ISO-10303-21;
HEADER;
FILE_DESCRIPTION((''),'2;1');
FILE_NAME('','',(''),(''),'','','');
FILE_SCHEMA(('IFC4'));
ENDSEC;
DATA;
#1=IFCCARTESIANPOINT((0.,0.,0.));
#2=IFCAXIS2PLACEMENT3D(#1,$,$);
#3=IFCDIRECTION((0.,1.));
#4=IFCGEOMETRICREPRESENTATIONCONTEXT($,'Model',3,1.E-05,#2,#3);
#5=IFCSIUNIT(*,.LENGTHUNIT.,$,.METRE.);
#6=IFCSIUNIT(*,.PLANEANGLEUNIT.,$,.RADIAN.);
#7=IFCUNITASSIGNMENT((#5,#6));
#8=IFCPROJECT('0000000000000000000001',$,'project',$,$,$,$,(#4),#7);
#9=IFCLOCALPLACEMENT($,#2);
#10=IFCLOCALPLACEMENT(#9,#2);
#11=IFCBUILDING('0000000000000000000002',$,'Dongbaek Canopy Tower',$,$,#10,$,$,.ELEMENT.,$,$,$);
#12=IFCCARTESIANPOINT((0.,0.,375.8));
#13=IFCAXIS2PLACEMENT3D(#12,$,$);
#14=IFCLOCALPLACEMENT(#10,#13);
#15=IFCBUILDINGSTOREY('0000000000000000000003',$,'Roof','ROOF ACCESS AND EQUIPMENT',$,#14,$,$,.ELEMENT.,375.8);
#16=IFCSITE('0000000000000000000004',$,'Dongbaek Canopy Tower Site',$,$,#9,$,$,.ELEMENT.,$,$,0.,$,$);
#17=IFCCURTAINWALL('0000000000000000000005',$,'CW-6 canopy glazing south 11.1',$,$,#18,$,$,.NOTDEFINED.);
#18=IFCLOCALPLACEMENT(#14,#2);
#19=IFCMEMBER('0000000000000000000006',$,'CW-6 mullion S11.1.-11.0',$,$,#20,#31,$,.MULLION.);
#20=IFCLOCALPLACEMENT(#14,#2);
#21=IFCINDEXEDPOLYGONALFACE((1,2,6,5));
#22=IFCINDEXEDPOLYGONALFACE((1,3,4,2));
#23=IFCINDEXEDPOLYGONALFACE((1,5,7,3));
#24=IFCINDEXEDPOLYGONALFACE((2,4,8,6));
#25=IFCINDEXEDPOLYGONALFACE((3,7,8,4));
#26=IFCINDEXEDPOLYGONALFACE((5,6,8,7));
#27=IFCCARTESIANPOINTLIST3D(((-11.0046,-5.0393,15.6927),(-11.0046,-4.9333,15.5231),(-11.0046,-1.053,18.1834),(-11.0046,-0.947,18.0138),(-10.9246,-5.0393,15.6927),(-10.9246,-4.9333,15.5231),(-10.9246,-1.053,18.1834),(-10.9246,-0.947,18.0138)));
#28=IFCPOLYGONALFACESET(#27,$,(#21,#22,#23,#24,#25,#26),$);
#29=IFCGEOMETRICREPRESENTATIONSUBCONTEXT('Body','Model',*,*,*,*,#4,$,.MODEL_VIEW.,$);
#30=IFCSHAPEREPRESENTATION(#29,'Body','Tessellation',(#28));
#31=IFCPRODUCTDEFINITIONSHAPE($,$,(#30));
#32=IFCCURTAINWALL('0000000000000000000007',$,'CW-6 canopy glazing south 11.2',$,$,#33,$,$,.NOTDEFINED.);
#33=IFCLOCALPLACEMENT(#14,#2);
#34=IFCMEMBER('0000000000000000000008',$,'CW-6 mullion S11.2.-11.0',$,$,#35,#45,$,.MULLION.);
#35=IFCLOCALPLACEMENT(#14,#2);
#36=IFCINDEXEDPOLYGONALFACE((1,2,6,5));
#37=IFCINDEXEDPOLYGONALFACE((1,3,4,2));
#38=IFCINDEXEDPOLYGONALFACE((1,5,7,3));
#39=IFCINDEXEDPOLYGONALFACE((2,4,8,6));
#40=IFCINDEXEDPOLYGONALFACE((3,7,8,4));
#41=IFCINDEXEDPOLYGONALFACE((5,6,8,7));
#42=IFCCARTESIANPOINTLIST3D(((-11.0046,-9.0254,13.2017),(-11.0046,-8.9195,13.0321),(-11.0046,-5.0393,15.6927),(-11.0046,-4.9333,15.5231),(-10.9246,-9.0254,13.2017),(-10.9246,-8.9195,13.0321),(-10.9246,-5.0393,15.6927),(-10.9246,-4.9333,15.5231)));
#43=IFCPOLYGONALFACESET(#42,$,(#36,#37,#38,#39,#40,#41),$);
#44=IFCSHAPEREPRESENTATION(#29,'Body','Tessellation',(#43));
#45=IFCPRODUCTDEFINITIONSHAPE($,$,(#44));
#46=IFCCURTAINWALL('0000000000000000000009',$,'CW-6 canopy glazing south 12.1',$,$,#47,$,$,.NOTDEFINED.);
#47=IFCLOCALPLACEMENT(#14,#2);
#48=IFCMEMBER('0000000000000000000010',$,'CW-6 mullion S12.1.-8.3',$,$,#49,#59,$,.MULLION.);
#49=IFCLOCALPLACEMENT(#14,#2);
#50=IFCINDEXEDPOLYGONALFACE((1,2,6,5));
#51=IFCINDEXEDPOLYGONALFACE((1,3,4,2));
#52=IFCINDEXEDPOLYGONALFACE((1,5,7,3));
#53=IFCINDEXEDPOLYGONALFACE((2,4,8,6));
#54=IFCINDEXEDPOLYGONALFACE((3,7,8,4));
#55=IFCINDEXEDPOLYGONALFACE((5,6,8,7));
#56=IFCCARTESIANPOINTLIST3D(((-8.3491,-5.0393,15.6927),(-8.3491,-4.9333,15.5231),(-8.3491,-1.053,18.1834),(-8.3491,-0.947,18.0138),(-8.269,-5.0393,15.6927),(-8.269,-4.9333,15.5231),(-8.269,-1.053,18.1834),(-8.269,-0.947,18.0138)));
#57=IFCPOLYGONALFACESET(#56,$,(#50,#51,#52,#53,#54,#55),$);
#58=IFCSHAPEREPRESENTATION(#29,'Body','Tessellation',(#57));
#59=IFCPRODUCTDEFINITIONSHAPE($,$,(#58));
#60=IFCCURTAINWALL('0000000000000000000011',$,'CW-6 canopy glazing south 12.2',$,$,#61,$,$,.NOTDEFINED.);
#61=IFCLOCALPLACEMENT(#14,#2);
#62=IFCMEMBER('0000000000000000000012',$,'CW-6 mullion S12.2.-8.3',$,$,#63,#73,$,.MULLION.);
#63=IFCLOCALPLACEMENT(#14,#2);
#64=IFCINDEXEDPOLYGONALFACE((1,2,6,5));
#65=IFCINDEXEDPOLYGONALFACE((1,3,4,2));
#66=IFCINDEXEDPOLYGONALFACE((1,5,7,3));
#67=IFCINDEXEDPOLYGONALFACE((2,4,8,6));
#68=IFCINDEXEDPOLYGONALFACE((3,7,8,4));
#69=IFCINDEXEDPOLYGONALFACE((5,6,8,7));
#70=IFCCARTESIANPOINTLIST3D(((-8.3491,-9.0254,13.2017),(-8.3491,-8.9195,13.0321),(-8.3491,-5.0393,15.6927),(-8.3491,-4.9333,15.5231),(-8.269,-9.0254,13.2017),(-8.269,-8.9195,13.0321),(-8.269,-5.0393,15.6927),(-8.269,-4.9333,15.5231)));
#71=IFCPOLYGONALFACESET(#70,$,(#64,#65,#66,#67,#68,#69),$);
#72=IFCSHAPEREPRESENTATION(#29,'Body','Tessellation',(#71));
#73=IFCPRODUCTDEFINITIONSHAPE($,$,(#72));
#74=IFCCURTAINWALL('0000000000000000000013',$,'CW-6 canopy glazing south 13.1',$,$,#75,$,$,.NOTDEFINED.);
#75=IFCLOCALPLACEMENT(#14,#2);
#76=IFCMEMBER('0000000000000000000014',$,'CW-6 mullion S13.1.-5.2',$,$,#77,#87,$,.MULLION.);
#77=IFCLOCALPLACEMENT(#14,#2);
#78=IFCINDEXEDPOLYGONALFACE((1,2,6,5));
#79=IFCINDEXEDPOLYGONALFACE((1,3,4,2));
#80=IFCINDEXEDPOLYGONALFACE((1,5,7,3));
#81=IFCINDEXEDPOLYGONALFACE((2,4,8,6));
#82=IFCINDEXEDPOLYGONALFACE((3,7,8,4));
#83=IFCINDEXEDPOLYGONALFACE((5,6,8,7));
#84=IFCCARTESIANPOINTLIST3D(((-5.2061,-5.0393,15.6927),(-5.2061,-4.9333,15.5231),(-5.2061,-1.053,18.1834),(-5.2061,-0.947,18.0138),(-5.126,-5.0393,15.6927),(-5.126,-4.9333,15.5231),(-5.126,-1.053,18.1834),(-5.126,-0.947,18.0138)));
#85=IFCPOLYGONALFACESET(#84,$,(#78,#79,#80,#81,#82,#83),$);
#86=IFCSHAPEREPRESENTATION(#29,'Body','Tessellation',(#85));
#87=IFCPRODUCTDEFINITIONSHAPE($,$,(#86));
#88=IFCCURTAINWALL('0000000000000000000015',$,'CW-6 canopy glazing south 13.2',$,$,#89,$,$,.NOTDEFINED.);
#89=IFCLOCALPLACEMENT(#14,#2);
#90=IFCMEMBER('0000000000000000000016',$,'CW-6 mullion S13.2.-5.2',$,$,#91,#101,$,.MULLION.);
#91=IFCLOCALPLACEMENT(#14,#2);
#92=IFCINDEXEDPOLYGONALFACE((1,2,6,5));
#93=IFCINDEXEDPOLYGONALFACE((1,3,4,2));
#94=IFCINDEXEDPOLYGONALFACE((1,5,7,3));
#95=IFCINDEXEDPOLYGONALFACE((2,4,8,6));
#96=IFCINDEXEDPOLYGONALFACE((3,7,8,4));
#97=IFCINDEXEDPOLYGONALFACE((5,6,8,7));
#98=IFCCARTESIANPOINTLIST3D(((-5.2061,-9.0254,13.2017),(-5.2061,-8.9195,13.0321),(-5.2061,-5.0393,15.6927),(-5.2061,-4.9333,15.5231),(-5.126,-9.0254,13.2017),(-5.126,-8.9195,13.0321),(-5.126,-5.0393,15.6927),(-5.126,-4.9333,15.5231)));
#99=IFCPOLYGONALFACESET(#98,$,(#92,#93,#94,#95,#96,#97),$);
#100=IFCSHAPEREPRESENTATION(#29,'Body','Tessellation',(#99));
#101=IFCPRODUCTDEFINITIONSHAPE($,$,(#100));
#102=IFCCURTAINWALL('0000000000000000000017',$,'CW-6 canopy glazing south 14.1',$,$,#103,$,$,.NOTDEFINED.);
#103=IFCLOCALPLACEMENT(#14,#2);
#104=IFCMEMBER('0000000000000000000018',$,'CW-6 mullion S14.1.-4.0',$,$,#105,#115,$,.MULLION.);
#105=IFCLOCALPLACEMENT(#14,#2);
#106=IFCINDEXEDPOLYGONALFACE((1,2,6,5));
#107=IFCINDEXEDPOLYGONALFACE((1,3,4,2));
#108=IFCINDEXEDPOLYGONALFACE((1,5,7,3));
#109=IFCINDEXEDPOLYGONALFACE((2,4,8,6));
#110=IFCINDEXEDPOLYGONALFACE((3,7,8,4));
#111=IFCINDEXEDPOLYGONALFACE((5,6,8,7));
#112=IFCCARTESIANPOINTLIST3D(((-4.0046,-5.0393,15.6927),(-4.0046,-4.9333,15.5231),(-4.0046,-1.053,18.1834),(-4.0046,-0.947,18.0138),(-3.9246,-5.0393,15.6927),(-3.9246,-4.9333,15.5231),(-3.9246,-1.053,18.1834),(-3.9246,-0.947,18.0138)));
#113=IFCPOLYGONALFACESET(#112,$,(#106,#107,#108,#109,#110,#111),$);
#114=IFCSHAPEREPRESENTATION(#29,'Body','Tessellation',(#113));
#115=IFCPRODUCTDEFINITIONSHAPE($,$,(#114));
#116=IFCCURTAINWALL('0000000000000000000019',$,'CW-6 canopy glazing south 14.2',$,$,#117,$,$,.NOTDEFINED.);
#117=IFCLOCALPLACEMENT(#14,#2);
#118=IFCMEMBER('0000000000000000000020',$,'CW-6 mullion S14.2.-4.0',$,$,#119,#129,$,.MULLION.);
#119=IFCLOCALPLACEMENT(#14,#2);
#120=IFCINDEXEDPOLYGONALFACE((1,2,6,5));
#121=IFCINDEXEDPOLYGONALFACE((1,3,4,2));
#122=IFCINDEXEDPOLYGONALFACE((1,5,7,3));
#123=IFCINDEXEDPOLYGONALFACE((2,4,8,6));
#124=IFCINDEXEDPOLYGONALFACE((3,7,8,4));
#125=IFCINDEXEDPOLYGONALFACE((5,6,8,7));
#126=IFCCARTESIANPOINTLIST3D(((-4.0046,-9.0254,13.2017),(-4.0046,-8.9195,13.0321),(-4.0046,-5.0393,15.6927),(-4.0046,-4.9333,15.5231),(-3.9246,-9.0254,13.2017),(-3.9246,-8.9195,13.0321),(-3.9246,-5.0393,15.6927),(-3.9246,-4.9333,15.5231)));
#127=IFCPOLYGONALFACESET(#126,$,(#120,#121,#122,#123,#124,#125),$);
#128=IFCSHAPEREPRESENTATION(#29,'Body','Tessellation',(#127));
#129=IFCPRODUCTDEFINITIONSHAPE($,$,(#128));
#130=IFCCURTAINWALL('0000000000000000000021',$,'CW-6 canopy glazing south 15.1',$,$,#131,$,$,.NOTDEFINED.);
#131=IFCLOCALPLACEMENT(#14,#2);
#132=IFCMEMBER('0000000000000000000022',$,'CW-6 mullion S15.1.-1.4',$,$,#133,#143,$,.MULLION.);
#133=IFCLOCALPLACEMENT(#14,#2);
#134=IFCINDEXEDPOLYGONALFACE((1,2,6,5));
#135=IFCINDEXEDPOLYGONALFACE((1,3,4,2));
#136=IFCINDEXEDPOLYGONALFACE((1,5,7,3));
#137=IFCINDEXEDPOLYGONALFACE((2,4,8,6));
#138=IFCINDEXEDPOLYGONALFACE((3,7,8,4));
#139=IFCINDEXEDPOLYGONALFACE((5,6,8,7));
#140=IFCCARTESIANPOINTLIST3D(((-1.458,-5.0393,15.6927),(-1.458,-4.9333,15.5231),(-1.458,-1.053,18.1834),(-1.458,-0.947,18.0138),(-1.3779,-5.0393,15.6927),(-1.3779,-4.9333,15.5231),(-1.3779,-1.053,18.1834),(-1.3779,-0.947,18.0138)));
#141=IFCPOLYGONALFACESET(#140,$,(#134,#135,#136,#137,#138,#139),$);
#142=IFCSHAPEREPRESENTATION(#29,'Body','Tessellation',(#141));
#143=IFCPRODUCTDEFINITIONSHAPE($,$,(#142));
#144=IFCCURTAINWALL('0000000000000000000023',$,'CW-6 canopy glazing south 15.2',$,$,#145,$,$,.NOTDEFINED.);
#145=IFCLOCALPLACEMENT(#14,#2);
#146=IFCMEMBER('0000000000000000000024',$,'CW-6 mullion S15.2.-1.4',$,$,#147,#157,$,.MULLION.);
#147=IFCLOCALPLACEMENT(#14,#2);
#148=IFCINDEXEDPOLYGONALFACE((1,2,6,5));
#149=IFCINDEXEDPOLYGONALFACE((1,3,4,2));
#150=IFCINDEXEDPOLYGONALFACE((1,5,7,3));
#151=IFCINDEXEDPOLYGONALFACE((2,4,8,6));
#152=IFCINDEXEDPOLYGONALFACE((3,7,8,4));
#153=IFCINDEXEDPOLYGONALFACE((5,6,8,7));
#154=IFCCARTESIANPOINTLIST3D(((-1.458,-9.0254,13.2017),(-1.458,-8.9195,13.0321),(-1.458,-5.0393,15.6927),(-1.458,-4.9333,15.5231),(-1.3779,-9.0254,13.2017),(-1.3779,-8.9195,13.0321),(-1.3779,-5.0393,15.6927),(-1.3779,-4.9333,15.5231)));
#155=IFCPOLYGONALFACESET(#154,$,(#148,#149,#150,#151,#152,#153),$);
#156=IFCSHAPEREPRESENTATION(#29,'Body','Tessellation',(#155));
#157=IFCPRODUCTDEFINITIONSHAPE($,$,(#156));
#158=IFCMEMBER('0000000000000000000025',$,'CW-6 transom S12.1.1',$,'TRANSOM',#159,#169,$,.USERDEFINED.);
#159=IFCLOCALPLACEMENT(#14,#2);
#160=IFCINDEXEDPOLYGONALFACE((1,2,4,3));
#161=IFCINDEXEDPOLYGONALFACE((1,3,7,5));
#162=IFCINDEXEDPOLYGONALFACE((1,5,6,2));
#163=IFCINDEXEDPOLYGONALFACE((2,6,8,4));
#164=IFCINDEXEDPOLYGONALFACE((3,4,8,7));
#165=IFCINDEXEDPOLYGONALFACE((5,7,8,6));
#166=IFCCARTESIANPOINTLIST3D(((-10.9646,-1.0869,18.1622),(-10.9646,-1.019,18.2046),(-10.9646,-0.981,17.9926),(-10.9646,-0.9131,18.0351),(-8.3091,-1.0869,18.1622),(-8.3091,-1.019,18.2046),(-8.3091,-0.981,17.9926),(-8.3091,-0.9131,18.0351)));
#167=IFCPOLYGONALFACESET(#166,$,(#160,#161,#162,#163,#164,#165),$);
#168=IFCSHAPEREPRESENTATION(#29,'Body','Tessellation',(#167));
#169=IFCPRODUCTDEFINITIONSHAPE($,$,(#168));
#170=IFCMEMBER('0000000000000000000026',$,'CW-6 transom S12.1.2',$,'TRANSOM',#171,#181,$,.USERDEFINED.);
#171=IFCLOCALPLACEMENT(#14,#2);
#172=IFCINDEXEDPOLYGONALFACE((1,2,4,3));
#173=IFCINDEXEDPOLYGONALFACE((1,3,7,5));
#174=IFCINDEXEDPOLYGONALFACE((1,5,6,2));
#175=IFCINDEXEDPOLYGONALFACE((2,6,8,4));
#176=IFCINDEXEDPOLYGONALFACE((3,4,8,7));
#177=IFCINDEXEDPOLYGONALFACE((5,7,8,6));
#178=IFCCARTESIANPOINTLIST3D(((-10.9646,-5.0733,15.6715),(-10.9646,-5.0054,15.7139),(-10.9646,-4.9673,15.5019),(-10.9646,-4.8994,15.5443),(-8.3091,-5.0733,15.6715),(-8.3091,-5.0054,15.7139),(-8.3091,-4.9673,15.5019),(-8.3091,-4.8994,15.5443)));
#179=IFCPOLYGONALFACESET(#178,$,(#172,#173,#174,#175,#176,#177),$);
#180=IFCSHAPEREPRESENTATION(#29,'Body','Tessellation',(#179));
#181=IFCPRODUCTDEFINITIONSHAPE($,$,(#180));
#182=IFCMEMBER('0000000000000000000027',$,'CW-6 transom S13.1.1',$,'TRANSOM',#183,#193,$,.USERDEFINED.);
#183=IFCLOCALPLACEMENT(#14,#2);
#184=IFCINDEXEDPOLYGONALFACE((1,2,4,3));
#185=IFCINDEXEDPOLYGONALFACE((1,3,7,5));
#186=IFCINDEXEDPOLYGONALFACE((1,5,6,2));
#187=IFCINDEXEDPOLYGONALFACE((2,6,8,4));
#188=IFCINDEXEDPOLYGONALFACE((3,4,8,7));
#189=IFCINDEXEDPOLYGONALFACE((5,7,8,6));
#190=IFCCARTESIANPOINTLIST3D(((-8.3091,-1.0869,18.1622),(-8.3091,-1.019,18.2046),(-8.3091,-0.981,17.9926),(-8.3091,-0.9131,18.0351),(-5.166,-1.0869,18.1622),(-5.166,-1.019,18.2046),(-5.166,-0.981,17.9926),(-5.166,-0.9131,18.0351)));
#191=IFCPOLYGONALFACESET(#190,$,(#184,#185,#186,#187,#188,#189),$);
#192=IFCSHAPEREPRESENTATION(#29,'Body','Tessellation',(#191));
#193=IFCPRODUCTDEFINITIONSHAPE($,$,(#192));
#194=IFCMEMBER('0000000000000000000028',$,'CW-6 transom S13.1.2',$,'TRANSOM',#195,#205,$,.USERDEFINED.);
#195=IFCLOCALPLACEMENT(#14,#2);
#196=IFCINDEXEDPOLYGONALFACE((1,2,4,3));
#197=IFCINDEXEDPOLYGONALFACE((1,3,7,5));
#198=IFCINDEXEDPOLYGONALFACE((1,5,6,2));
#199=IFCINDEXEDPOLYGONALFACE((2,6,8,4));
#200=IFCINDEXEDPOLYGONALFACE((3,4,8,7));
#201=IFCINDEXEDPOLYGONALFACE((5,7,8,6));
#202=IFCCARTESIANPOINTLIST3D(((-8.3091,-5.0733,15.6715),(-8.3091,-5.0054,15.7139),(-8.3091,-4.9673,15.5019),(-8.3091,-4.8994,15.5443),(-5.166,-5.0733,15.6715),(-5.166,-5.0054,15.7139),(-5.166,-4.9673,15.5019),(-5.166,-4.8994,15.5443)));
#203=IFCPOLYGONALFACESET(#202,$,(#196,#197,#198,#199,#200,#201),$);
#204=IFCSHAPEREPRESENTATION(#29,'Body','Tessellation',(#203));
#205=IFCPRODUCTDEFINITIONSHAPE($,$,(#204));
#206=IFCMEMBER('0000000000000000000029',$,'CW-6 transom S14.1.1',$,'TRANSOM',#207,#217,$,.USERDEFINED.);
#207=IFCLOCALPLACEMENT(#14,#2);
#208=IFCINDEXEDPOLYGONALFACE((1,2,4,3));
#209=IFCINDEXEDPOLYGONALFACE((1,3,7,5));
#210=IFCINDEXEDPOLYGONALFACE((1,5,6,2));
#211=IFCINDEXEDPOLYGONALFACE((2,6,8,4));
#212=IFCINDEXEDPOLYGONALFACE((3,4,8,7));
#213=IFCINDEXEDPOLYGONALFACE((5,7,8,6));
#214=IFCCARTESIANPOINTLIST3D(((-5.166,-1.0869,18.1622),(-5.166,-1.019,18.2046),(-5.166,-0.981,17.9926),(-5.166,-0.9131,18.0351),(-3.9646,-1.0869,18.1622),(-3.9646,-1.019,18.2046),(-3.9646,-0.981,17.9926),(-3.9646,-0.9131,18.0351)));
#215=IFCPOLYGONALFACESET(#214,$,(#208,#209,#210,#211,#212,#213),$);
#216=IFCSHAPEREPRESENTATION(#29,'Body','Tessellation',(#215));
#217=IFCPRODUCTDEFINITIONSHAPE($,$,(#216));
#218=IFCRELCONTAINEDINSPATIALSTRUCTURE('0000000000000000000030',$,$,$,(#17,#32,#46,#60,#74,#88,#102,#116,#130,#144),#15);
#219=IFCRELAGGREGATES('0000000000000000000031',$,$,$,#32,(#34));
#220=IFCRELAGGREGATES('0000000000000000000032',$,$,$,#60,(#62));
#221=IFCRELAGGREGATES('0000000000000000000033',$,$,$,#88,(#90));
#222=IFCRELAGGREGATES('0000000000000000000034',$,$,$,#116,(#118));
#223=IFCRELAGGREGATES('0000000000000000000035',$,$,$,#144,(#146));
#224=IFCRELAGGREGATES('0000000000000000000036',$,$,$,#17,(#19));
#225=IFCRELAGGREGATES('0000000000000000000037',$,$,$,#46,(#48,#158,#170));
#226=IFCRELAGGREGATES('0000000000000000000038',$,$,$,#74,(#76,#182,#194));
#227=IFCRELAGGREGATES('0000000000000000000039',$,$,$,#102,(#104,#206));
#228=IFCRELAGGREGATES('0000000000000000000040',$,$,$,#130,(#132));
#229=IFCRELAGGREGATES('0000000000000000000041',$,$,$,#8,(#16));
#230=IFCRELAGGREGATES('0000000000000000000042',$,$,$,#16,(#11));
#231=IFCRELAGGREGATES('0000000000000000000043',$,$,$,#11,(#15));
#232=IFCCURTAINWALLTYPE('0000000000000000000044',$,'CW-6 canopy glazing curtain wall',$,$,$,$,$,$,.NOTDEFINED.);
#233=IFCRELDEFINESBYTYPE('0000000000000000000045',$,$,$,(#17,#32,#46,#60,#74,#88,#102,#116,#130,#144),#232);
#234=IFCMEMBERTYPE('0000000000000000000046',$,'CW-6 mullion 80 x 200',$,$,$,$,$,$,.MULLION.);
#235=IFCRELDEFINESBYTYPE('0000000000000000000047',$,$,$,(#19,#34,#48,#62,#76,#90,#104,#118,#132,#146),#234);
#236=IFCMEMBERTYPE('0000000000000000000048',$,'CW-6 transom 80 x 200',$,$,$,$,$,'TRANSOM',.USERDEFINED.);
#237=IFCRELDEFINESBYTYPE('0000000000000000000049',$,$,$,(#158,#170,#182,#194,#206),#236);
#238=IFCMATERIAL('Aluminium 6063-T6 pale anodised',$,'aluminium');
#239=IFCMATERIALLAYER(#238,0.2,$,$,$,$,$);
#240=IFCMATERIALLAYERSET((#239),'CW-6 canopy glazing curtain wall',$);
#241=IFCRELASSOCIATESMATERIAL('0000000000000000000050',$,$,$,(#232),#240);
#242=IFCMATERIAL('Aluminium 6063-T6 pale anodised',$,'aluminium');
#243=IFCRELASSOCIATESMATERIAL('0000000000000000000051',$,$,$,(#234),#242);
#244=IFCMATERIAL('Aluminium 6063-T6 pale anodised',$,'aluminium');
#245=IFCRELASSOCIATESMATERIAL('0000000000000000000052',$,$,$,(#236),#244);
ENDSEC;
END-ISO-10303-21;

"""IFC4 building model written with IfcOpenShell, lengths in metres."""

from ifc_helpers import new_model, si_unit, direction, frame, origin, origin_2d, place, context, subcontext, project, spatial, rectangle, extrude, material, layer, layer_set, material_profile, profile_set, type_object, element, aggregate, save


model = new_model("IFC4")

# Units and contexts
model_context = context("Model", 3, precision=1e-05, world=origin(), true_north=direction((0.0, 1.0)))
body_context = subcontext(model_context, "Body", "Model", "MODEL_VIEW")
ifc_project = project(units=[si_unit("LENGTHUNIT", "METRE"), si_unit("PLANEANGLEUNIT", "RADIAN")], contexts=[model_context])

# Site, building, storey
site_placement = place(None, origin())
site = spatial("IfcSite", under=ifc_project, at=site_placement, Name="Dongbaek Canopy Tower Site", CompositionType="ELEMENT", RefElevation=0.0)
building_placement = place(site_placement, origin())
building = spatial("IfcBuilding", under=site, at=building_placement, Name="Dongbaek Canopy Tower", CompositionType="ELEMENT")
storey_placement = place(building_placement, frame((0.0, 0.0, 375.8)))
storey = spatial("IfcBuildingStorey", under=building, at=storey_placement, Name="Roof", Description="ROOF ACCESS AND EQUIPMENT", CompositionType="ELEMENT", Elevation=375.8)

# Curtain walls, members
ifc_material_1 = material(Name="Aluminium 6063-T6 pale anodised", Category="aluminium")
ifc_layer_1 = layer(ifc_material_1, 0.2)
ifc_layer_set_1 = layer_set([ifc_layer_1], Name="CW-6 canopy glazing curtain wall")
curtain_wall_type = type_object("IfcCurtainWallType", Name="CW-6 canopy glazing curtain wall", PredefinedType="NOTDEFINED", material=ifc_layer_set_1)
curtain_wall_1_placement = place(storey_placement, origin())
curtain_wall_1 = element("IfcCurtainWall", 1, at=curtain_wall_1_placement, inside=storey, type_object=curtain_wall_type, Name="CW-6 canopy glazing south 11.1", PredefinedType="NOTDEFINED")
ifc_material_2 = material(Name="Aluminium 6063-T6 pale anodised", Category="aluminium")
ifc_material_profile_1 = material_profile(ifc_material_2, rectangle(XDim=0.0801, YDim=0.2, at=origin_2d()), Name="CW-6 mullion 80 x 200")
ifc_profile_set_1 = profile_set([ifc_material_profile_1], Name="Aluminium 6063-T6 pale anodised")
member_type_1 = type_object("IfcMemberType", Name="CW-6 mullion 80 x 200", PredefinedType="MULLION", material=ifc_profile_set_1)
member_1_placement = place(storey_placement, frame((-10.9646, -1.0, 18.0986), z_axis=(0.0, -0.848068, -0.529887), x_axis=(1.0, 0.0, 0.0)))
member_1 = element("IfcMember", 2, at=member_1_placement, type_object=member_type_1, Name="CW-6 mullion S11.1.-11.0", PredefinedType="MULLION", context=body_context, shape_type="SweptSolid", body=[
    extrude(rectangle(XDim=0.0801, YDim=0.2, at=origin_2d()), origin(), (0.0, 0.0, 1.0), 4.7004),
])
curtain_wall_2_placement = place(storey_placement, origin())
curtain_wall_2 = element("IfcCurtainWall", 3, at=curtain_wall_2_placement, inside=storey, type_object=curtain_wall_type, Name="CW-6 canopy glazing south 11.2", PredefinedType="NOTDEFINED")
member_2_placement = place(storey_placement, frame((-10.9646, -4.9863, 15.6079), z_axis=(0.0, -0.84803, -0.529948), x_axis=(1.0, 0.0, 0.0)))
member_2 = element("IfcMember", 4, at=member_2_placement, type_object=member_type_1, Name="CW-6 mullion S11.2.-11.0", PredefinedType="MULLION", context=body_context, shape_type="SweptSolid", body=[
    extrude(rectangle(XDim=0.0801, YDim=0.2, at=origin_2d()), origin(), (0.0, 0.0, 1.0), 4.7004),
])
aggregate(curtain_wall_2, [member_2])
curtain_wall_3_placement = place(storey_placement, origin())
curtain_wall_3 = element("IfcCurtainWall", 5, at=curtain_wall_3_placement, inside=storey, type_object=curtain_wall_type, Name="CW-6 canopy glazing south 12.1", PredefinedType="NOTDEFINED")
member_3_placement = place(storey_placement, frame((-8.3091, -1.0, 18.0986), z_axis=(0.0, -0.848068, -0.529887), x_axis=(1.0, 0.0, 0.0)))
member_3 = element("IfcMember", 6, at=member_3_placement, type_object=member_type_1, Name="CW-6 mullion S12.1.-8.3", PredefinedType="MULLION", context=body_context, shape_type="SweptSolid", body=[
    extrude(rectangle(XDim=0.0801, YDim=0.2, at=origin_2d()), origin(), (0.0, 0.0, 1.0), 4.7004),
])
curtain_wall_4_placement = place(storey_placement, origin())
curtain_wall_4 = element("IfcCurtainWall", 7, at=curtain_wall_4_placement, inside=storey, type_object=curtain_wall_type, Name="CW-6 canopy glazing south 12.2", PredefinedType="NOTDEFINED")
member_4_placement = place(storey_placement, frame((-8.3091, -4.9863, 15.6079), z_axis=(0.0, -0.84803, -0.529948), x_axis=(1.0, 0.0, 0.0)))
member_4 = element("IfcMember", 8, at=member_4_placement, type_object=member_type_1, Name="CW-6 mullion S12.2.-8.3", PredefinedType="MULLION", context=body_context, shape_type="SweptSolid", body=[
    extrude(rectangle(XDim=0.0801, YDim=0.2, at=origin_2d()), origin(), (0.0, 0.0, 1.0), 4.7004),
])
aggregate(curtain_wall_4, [member_4])
curtain_wall_5_placement = place(storey_placement, origin())
curtain_wall_5 = element("IfcCurtainWall", 9, at=curtain_wall_5_placement, inside=storey, type_object=curtain_wall_type, Name="CW-6 canopy glazing south 13.1", PredefinedType="NOTDEFINED")
member_5_placement = place(storey_placement, frame((-5.166, -1.0, 18.0986), z_axis=(0.0, -0.848068, -0.529887), x_axis=(1.0, 0.0, 0.0)))
member_5 = element("IfcMember", 10, at=member_5_placement, type_object=member_type_1, Name="CW-6 mullion S13.1.-5.2", PredefinedType="MULLION", context=body_context, shape_type="SweptSolid", body=[
    extrude(rectangle(XDim=0.0801, YDim=0.2, at=origin_2d()), origin(), (0.0, 0.0, 1.0), 4.7004),
])
curtain_wall_6_placement = place(storey_placement, origin())
curtain_wall_6 = element("IfcCurtainWall", 11, at=curtain_wall_6_placement, inside=storey, type_object=curtain_wall_type, Name="CW-6 canopy glazing south 13.2", PredefinedType="NOTDEFINED")
member_6_placement = place(storey_placement, frame((-5.166, -4.9863, 15.6079), z_axis=(0.0, -0.84803, -0.529948), x_axis=(1.0, 0.0, 0.0)))
member_6 = element("IfcMember", 12, at=member_6_placement, type_object=member_type_1, Name="CW-6 mullion S13.2.-5.2", PredefinedType="MULLION", context=body_context, shape_type="SweptSolid", body=[
    extrude(rectangle(XDim=0.0801, YDim=0.2, at=origin_2d()), origin(), (0.0, 0.0, 1.0), 4.7004),
])
aggregate(curtain_wall_6, [member_6])
curtain_wall_7_placement = place(storey_placement, origin())
curtain_wall_7 = element("IfcCurtainWall", 13, at=curtain_wall_7_placement, inside=storey, type_object=curtain_wall_type, Name="CW-6 canopy glazing south 14.1", PredefinedType="NOTDEFINED")
member_7_placement = place(storey_placement, frame((-3.9646, -1.0, 18.0986), z_axis=(0.0, -0.848068, -0.529887), x_axis=(1.0, 0.0, 0.0)))
member_7 = element("IfcMember", 14, at=member_7_placement, type_object=member_type_1, Name="CW-6 mullion S14.1.-4.0", PredefinedType="MULLION", context=body_context, shape_type="SweptSolid", body=[
    extrude(rectangle(XDim=0.0801, YDim=0.2, at=origin_2d()), origin(), (0.0, 0.0, 1.0), 4.7004),
])
curtain_wall_8_placement = place(storey_placement, origin())
curtain_wall_8 = element("IfcCurtainWall", 15, at=curtain_wall_8_placement, inside=storey, type_object=curtain_wall_type, Name="CW-6 canopy glazing south 14.2", PredefinedType="NOTDEFINED")
member_8_placement = place(storey_placement, frame((-3.9646, -4.9863, 15.6079), z_axis=(0.0, -0.84803, -0.529948), x_axis=(1.0, 0.0, 0.0)))
member_8 = element("IfcMember", 16, at=member_8_placement, type_object=member_type_1, Name="CW-6 mullion S14.2.-4.0", PredefinedType="MULLION", context=body_context, shape_type="SweptSolid", body=[
    extrude(rectangle(XDim=0.0801, YDim=0.2, at=origin_2d()), origin(), (0.0, 0.0, 1.0), 4.7004),
])
aggregate(curtain_wall_8, [member_8])
curtain_wall_9_placement = place(storey_placement, origin())
curtain_wall_9 = element("IfcCurtainWall", 17, at=curtain_wall_9_placement, inside=storey, type_object=curtain_wall_type, Name="CW-6 canopy glazing south 15.1", PredefinedType="NOTDEFINED")
member_9_placement = place(storey_placement, frame((-1.418, -1.0, 18.0986), z_axis=(0.0, -0.848068, -0.529887), x_axis=(1.0, 0.0, 0.0)))
member_9 = element("IfcMember", 18, at=member_9_placement, type_object=member_type_1, Name="CW-6 mullion S15.1.-1.4", PredefinedType="MULLION", context=body_context, shape_type="SweptSolid", body=[
    extrude(rectangle(XDim=0.0801, YDim=0.2, at=origin_2d()), origin(), (0.0, 0.0, 1.0), 4.7004),
])
curtain_wall_10_placement = place(storey_placement, origin())
curtain_wall_10 = element("IfcCurtainWall", 19, at=curtain_wall_10_placement, inside=storey, type_object=curtain_wall_type, Name="CW-6 canopy glazing south 15.2", PredefinedType="NOTDEFINED")
member_10_placement = place(storey_placement, frame((-1.418, -4.9863, 15.6079), z_axis=(0.0, -0.84803, -0.529948), x_axis=(1.0, 0.0, 0.0)))
member_10 = element("IfcMember", 20, at=member_10_placement, type_object=member_type_1, Name="CW-6 mullion S15.2.-1.4", PredefinedType="MULLION", context=body_context, shape_type="SweptSolid", body=[
    extrude(rectangle(XDim=0.0801, YDim=0.2, at=origin_2d()), origin(), (0.0, 0.0, 1.0), 4.7004),
])
aggregate(curtain_wall_10, [member_10])

# Members
ifc_material_3 = material(Name="Aluminium 6063-T6 pale anodised", Category="aluminium")
ifc_material_profile_2 = material_profile(ifc_material_3, rectangle(XDim=0.0801, YDim=0.2, at=origin_2d()), Name="CW-6 transom 80 x 200")
ifc_profile_set_2 = profile_set([ifc_material_profile_2], Name="Aluminium 6063-T6 pale anodised")
member_type_2 = type_object("IfcMemberType", Name="CW-6 transom 80 x 200", ElementType="TRANSOM", PredefinedType="USERDEFINED", material=ifc_profile_set_2)
member_11_placement = place(storey_placement, frame((-10.9646, -1.0, 18.0986), z_axis=(1.0, 0.0, 0.0), x_axis=(0.0, 0.848048, 0.529919)))
member_11 = element("IfcMember", 21, at=member_11_placement, type_object=member_type_2, Name="CW-6 transom S12.1.1", ObjectType="TRANSOM", PredefinedType="USERDEFINED", context=body_context, shape_type="SweptSolid", body=[
    extrude(rectangle(XDim=0.0801, YDim=0.2, at=origin_2d()), origin(), (0.0, 0.0, 1.0), 2.6555),
])
member_12_placement = place(storey_placement, frame((-10.9646, -4.9863, 15.6079), z_axis=(1.0, 0.0, 0.0), x_axis=(0.0, 0.848048, 0.529919)))
member_12 = element("IfcMember", 22, at=member_12_placement, type_object=member_type_2, Name="CW-6 transom S12.1.2", ObjectType="TRANSOM", PredefinedType="USERDEFINED", context=body_context, shape_type="SweptSolid", body=[
    extrude(rectangle(XDim=0.0801, YDim=0.2, at=origin_2d()), origin(), (0.0, 0.0, 1.0), 2.6555),
])
member_13_placement = place(storey_placement, frame((-8.3091, -1.0, 18.0986), z_axis=(1.0, 0.0, 0.0), x_axis=(0.0, 0.848048, 0.529919)))
member_13 = element("IfcMember", 23, at=member_13_placement, type_object=member_type_2, Name="CW-6 transom S13.1.1", ObjectType="TRANSOM", PredefinedType="USERDEFINED", context=body_context, shape_type="SweptSolid", body=[
    extrude(rectangle(XDim=0.0801, YDim=0.2, at=origin_2d()), origin(), (0.0, 0.0, 1.0), 3.1431),
])
member_14_placement = place(storey_placement, frame((-8.3091, -4.9863, 15.6079), z_axis=(1.0, 0.0, 0.0), x_axis=(0.0, 0.848048, 0.529919)))
member_14 = element("IfcMember", 24, at=member_14_placement, type_object=member_type_2, Name="CW-6 transom S13.1.2", ObjectType="TRANSOM", PredefinedType="USERDEFINED", context=body_context, shape_type="SweptSolid", body=[
    extrude(rectangle(XDim=0.0801, YDim=0.2, at=origin_2d()), origin(), (0.0, 0.0, 1.0), 3.1431),
])
member_15_placement = place(storey_placement, frame((-5.166, -1.0, 18.0986), z_axis=(1.0, 0.0, 0.0), x_axis=(0.0, 0.848048, 0.529919)))
member_15 = element("IfcMember", 25, at=member_15_placement, type_object=member_type_2, Name="CW-6 transom S14.1.1", ObjectType="TRANSOM", PredefinedType="USERDEFINED", context=body_context, shape_type="SweptSolid", body=[
    extrude(rectangle(XDim=0.0801, YDim=0.2, at=origin_2d()), origin(), (0.0, 0.0, 1.0), 1.2014),
])

aggregate(curtain_wall_1, [member_1])
aggregate(curtain_wall_3, [member_3, member_11, member_12])
aggregate(curtain_wall_5, [member_5, member_13, member_14])
aggregate(curtain_wall_7, [member_7, member_15])
aggregate(curtain_wall_9, [member_9])

save(model, "model.ifc")
